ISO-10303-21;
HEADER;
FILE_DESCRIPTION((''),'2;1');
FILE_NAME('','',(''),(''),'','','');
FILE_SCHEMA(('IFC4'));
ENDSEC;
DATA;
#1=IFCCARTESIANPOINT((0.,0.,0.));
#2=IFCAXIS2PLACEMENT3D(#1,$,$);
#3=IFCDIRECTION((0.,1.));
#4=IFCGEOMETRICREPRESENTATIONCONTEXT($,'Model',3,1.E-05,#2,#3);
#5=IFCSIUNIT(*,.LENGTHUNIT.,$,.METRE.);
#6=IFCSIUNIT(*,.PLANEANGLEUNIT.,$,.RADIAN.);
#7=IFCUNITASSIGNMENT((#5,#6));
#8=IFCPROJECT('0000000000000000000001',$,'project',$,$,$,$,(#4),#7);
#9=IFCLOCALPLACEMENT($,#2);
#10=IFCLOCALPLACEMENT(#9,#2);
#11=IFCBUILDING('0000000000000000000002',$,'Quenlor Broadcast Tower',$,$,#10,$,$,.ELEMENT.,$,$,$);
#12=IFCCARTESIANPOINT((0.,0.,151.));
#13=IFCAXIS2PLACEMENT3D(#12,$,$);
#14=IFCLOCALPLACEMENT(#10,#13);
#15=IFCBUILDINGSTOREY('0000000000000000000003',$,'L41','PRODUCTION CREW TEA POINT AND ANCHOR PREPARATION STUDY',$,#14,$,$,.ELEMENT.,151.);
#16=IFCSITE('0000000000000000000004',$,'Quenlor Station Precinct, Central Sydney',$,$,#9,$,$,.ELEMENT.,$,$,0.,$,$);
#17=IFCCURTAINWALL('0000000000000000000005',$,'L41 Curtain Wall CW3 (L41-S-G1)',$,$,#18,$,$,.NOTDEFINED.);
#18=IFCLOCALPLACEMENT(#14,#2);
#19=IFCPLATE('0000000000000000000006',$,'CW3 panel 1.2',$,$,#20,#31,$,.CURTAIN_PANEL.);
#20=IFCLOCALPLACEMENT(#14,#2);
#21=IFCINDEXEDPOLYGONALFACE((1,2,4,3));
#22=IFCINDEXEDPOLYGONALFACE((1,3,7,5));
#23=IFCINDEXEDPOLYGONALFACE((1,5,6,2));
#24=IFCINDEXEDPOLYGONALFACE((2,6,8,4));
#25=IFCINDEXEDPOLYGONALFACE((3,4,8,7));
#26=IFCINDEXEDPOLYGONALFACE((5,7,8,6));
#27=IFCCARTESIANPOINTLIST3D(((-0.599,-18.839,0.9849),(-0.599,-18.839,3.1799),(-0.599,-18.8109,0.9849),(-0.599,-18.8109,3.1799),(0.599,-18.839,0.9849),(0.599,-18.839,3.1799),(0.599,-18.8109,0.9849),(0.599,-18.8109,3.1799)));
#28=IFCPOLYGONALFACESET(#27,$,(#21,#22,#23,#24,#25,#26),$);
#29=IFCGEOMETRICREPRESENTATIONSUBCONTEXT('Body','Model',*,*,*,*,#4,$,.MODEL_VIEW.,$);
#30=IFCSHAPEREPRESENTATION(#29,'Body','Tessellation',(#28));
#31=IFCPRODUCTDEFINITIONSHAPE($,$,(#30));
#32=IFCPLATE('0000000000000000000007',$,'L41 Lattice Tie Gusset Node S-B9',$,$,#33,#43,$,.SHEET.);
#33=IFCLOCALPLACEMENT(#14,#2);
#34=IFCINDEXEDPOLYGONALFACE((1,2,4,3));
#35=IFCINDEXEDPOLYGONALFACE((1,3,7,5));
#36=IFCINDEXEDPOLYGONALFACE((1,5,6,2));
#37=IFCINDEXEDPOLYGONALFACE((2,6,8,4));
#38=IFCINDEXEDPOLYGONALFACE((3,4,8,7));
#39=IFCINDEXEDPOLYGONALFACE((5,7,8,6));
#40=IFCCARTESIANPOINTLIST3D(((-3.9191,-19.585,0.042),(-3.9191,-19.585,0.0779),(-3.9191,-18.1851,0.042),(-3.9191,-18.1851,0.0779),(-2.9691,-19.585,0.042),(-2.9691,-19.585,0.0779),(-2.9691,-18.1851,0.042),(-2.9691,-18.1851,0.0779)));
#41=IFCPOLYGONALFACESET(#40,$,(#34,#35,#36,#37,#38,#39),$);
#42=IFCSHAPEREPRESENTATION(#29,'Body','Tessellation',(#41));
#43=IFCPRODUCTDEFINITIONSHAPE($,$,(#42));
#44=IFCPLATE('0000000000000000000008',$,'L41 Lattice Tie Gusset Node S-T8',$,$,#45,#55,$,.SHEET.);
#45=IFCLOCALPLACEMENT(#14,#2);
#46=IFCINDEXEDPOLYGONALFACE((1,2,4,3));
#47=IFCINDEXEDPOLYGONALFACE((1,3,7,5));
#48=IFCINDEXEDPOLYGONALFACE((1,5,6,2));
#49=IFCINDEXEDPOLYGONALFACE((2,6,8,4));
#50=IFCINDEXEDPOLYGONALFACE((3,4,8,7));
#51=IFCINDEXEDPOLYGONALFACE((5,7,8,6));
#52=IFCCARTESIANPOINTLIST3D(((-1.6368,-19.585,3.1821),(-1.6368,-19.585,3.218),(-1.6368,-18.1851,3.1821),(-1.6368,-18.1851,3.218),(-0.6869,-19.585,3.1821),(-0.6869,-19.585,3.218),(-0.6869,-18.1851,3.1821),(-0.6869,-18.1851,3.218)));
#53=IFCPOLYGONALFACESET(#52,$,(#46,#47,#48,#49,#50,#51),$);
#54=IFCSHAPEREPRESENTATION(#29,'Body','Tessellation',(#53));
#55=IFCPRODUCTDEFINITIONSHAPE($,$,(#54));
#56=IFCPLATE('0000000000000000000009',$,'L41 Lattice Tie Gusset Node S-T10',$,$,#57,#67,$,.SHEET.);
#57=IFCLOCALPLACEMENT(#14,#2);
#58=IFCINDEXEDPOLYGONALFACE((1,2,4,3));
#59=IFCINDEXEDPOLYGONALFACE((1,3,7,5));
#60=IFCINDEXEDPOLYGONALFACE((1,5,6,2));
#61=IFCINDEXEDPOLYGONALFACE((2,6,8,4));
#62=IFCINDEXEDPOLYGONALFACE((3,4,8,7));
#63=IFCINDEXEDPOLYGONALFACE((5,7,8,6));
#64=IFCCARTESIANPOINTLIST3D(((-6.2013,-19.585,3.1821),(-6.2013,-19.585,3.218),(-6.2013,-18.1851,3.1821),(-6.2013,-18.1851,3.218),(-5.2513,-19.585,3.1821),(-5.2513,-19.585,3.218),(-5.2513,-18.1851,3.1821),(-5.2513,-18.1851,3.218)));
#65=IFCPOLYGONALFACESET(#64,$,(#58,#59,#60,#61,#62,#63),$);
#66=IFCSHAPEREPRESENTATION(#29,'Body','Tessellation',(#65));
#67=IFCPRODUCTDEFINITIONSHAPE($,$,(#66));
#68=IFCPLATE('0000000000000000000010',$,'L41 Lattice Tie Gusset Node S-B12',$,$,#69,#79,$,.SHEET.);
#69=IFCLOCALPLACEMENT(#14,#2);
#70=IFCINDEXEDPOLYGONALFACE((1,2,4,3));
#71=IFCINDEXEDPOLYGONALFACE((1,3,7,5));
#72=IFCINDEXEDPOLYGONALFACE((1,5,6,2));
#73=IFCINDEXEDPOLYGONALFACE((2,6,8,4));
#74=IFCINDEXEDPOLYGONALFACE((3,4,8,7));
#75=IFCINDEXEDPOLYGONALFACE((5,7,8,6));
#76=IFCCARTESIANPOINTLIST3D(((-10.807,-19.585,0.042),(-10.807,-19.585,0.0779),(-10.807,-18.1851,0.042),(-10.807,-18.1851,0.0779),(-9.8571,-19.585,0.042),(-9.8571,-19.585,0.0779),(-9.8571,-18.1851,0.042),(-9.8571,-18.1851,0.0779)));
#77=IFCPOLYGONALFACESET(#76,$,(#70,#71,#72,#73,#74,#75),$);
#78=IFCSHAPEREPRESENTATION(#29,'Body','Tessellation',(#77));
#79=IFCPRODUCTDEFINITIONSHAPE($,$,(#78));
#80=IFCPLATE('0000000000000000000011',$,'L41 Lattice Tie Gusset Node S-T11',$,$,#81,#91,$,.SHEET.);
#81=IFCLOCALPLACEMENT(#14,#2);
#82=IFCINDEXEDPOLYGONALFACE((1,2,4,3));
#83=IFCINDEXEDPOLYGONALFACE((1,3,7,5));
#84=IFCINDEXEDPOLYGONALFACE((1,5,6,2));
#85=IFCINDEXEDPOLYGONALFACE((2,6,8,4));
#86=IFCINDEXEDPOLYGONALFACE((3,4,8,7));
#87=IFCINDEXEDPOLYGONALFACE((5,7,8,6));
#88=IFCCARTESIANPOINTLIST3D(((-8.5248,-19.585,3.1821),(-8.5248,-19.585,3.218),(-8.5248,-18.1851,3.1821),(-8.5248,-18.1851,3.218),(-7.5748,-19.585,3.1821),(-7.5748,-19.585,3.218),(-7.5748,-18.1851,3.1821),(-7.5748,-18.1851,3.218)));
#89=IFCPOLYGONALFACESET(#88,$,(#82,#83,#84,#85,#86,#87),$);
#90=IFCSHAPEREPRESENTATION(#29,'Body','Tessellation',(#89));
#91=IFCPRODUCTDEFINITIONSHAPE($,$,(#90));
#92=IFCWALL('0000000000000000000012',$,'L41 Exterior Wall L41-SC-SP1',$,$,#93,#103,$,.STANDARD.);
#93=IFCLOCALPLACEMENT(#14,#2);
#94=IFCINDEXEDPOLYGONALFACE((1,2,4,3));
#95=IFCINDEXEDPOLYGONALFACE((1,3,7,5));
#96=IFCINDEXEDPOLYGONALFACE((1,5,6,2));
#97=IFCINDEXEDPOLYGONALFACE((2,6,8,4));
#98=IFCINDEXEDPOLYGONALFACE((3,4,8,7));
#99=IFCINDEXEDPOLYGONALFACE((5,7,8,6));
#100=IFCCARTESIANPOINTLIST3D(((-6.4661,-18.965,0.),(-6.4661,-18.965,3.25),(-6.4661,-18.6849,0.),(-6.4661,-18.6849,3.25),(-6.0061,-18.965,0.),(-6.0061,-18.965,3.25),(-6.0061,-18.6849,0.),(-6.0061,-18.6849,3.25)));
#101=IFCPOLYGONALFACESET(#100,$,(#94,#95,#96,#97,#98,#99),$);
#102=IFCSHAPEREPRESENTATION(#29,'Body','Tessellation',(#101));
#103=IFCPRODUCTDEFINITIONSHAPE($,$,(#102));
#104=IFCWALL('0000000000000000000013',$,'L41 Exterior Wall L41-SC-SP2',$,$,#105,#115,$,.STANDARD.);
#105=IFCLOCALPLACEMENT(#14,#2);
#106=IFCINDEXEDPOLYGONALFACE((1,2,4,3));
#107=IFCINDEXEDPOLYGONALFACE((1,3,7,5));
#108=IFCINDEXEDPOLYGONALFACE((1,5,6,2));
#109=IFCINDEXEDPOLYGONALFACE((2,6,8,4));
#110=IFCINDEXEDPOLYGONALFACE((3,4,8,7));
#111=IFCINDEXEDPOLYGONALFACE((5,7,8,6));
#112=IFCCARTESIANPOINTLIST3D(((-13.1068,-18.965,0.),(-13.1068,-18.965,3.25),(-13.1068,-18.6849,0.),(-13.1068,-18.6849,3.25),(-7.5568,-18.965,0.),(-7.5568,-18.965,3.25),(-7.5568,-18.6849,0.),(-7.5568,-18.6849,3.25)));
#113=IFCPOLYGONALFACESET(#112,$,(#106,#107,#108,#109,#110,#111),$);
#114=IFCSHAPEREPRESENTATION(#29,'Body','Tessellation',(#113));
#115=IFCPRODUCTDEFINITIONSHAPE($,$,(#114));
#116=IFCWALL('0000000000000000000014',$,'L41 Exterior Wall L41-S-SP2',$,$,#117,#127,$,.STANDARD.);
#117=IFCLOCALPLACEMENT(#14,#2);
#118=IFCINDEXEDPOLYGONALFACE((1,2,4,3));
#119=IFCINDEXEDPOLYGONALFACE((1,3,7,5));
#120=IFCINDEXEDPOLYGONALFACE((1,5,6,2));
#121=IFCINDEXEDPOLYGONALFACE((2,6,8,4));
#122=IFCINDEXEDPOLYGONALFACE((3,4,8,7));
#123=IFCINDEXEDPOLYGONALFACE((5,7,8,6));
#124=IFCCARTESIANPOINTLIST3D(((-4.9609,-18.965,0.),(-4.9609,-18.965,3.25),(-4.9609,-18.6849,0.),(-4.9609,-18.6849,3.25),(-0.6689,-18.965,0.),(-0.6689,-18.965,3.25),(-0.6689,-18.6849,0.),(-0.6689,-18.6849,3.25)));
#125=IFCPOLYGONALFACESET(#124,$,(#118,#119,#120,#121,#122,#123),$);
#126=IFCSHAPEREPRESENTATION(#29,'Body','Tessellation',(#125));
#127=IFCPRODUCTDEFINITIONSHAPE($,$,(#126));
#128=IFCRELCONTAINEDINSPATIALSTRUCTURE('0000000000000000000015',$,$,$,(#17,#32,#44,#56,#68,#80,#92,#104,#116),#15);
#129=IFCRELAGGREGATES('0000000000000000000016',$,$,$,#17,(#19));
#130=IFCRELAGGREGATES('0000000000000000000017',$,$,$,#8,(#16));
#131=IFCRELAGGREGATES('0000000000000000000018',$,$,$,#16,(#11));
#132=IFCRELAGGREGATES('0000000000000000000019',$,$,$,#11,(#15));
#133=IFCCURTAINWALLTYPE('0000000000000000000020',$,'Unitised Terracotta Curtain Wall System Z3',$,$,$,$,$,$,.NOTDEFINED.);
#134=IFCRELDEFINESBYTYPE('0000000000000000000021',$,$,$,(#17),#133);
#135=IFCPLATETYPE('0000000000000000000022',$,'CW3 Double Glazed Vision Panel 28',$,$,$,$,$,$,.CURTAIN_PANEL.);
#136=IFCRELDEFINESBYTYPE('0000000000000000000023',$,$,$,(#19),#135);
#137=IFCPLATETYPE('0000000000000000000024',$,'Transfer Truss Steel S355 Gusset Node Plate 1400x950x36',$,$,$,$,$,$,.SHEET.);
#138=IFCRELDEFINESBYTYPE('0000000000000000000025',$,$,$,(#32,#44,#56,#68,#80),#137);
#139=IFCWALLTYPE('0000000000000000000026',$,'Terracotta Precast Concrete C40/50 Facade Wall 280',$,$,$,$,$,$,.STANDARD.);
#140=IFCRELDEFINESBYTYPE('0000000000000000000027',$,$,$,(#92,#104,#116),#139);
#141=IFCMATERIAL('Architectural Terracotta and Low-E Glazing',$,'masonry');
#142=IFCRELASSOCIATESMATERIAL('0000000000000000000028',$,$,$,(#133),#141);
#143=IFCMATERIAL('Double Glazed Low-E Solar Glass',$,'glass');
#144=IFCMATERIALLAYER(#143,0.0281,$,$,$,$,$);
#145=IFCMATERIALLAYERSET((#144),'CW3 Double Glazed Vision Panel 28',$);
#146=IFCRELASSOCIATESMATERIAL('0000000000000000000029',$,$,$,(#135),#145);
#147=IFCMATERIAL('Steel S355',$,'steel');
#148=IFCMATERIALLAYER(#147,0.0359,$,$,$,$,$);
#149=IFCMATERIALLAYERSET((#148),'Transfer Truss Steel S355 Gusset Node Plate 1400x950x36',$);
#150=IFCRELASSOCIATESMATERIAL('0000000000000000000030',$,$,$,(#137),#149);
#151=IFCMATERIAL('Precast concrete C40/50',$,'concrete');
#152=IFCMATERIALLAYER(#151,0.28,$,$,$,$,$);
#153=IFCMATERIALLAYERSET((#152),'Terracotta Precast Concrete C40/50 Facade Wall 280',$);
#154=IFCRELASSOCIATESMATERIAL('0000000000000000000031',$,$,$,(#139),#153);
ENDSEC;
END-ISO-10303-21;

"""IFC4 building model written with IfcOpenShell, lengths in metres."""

from ifc_helpers import new_model, si_unit, direction, frame, frame_2d, origin, origin_2d, place, context, subcontext, project, spatial, rectangle, extrude, material, layer, layer_set, type_object, element, aggregate, save


model = new_model("IFC4")

# Units and contexts
model_context = context("Model", 3, precision=1e-05, world=origin(), true_north=direction((0.0, 1.0)))
body_context = subcontext(model_context, "Body", "Model", "MODEL_VIEW")
ifc_project = project(units=[si_unit("LENGTHUNIT", "METRE"), si_unit("PLANEANGLEUNIT", "RADIAN")], contexts=[model_context])

# Site, building, storey
site_placement = place(None, origin())
site = spatial("IfcSite", under=ifc_project, at=site_placement, Name="Quenlor Station Precinct, Central Sydney", CompositionType="ELEMENT", RefElevation=0.0)
building_placement = place(site_placement, origin())
building = spatial("IfcBuilding", under=site, at=building_placement, Name="Quenlor Broadcast Tower", CompositionType="ELEMENT")
storey_placement = place(building_placement, frame((0.0, 0.0, 151.0)))
storey = spatial("IfcBuildingStorey", under=building, at=storey_placement, Name="L41", Description="PRODUCTION CREW TEA POINT AND ANCHOR PREPARATION STUDY", CompositionType="ELEMENT", Elevation=151.0)

# Shared definitions
ifc_material_1 = material(Name="Architectural Terracotta and Low-E Glazing", Category="masonry")
curtain_wall_type = type_object("IfcCurtainWallType", Name="Unitised Terracotta Curtain Wall System Z3", PredefinedType="NOTDEFINED", material=ifc_material_1)

# Curtain wall
curtain_wall_1_placement = place(storey_placement, origin())
curtain_wall_1 = element("IfcCurtainWall", 1, at=curtain_wall_1_placement, inside=storey, type_object=curtain_wall_type, Name="L41 Curtain Wall CW3 (L41-S-G1)", PredefinedType="NOTDEFINED")

# Plate
ifc_material_2 = material(Name="Double Glazed Low-E Solar Glass", Category="glass")
ifc_layer_1 = layer(ifc_material_2, 0.0281)
ifc_layer_set_1 = layer_set([ifc_layer_1], Name="CW3 Double Glazed Vision Panel 28")
plate_type_1 = type_object("IfcPlateType", Name="CW3 Double Glazed Vision Panel 28", PredefinedType="CURTAIN_PANEL", material=ifc_layer_set_1)
plate_1_placement = place(storey_placement, frame((0.0, -18.825, 0.9849), z_axis=(0.0, 0.0, 1.0), x_axis=(-1.0, 0.0, 0.0)))
plate_1 = element("IfcPlate", 2, at=plate_1_placement, type_object=plate_type_1, Name="CW3 panel 1.2", PredefinedType="CURTAIN_PANEL", context=body_context, shape_type="SweptSolid", body=[
    extrude(rectangle(XDim=1.198, YDim=0.0281, at=origin_2d()), origin(), (0.0, 0.0, 1.0), 2.1951),
])
aggregate(curtain_wall_1, [plate_1])

# Plates
ifc_material_3 = material(Name="Steel S355", Category="steel")
ifc_layer_2 = layer(ifc_material_3, 0.0359)
ifc_layer_set_2 = layer_set([ifc_layer_2], Name="Transfer Truss Steel S355 Gusset Node Plate 1400x950x36")
plate_type_2 = type_object("IfcPlateType", Name="Transfer Truss Steel S355 Gusset Node Plate 1400x950x36", PredefinedType="SHEET", material=ifc_layer_set_2)
for number, where, z_axis, x_axis, name in (
    (3, (-3.4441, -18.885, 0.042), (0.0, 0.0, 1.0), (0.0, -1.0, 0.0), "L41 Lattice Tie Gusset Node S-B9"),
    (4, (-1.1619, -18.885, 3.1821), (0.0, 0.0, 1.0), (0.0, -1.0, 0.0), "L41 Lattice Tie Gusset Node S-T8"),
    (5, (-5.7263, -18.885, 3.1821), (0.0, 0.0, 1.0), (0.0, -1.0, 0.0), "L41 Lattice Tie Gusset Node S-T10"),
    (6, (-10.332, -18.885, 0.042), (0.0, 0.0, 1.0), (0.0, -1.0, 0.0), "L41 Lattice Tie Gusset Node S-B12"),
    (7, (-8.0498, -18.885, 3.1821), (0.0, 0.0, 1.0), (0.0, -1.0, 0.0), "L41 Lattice Tie Gusset Node S-T11"),
):
    element("IfcPlate", number, at=place(storey_placement, frame(where, z_axis=z_axis, x_axis=x_axis)), inside=storey, type_object=plate_type_2, Name=name, PredefinedType="SHEET", context=body_context, shape_type="SweptSolid", body=[
        extrude(rectangle(XDim=1.3999, YDim=0.95, at=origin_2d()), origin(), (0.0, 0.0, 1.0), 0.0359),
    ])

# Walls
ifc_material_4 = material(Name="Precast concrete C40/50", Category="concrete")
ifc_layer_3 = layer(ifc_material_4, 0.28)
ifc_layer_set_3 = layer_set([ifc_layer_3], Name="Terracotta Precast Concrete C40/50 Facade Wall 280")
wall_type = type_object("IfcWallType", Name="Terracotta Precast Concrete C40/50 Facade Wall 280", PredefinedType="STANDARD", material=ifc_layer_set_3)
wall_1_placement = place(storey_placement, frame((-6.0061, -18.825, 0.0), z_axis=(0.0, 0.0, 1.0), x_axis=(-1.0, 0.0, 0.0)))
element("IfcWall", 8, at=wall_1_placement, inside=storey, type_object=wall_type, Name="L41 Exterior Wall L41-SC-SP1", PredefinedType="STANDARD", context=body_context, shape_type="SweptSolid", body=[
    extrude(rectangle(XDim=0.46, YDim=0.28, at=frame_2d((0.23, 0.0))), origin(), (0.0, 0.0, 1.0), 3.25),
])
wall_2_placement = place(storey_placement, frame((-7.5569, -18.825, 0.0), z_axis=(0.0, 0.0, 1.0), x_axis=(-1.0, 0.0, 0.0)))
element("IfcWall", 9, at=wall_2_placement, inside=storey, type_object=wall_type, Name="L41 Exterior Wall L41-SC-SP2", PredefinedType="STANDARD", context=body_context, shape_type="SweptSolid", body=[
    extrude(rectangle(XDim=5.55, YDim=0.28, at=frame_2d((2.7749, 0.0))), origin(), (0.0, 0.0, 1.0), 3.25),
])
wall_3_placement = place(storey_placement, frame((-0.6689, -18.825, 0.0), z_axis=(0.0, 0.0, 1.0), x_axis=(-1.0, 0.0, 0.0)))
element("IfcWall", 10, at=wall_3_placement, inside=storey, type_object=wall_type, Name="L41 Exterior Wall L41-S-SP2", PredefinedType="STANDARD", context=body_context, shape_type="SweptSolid", body=[
    extrude(rectangle(XDim=4.292, YDim=0.28, at=frame_2d((2.146, 0.0))), origin(), (0.0, 0.0, 1.0), 3.25),
])

save(model, "model.ifc")
